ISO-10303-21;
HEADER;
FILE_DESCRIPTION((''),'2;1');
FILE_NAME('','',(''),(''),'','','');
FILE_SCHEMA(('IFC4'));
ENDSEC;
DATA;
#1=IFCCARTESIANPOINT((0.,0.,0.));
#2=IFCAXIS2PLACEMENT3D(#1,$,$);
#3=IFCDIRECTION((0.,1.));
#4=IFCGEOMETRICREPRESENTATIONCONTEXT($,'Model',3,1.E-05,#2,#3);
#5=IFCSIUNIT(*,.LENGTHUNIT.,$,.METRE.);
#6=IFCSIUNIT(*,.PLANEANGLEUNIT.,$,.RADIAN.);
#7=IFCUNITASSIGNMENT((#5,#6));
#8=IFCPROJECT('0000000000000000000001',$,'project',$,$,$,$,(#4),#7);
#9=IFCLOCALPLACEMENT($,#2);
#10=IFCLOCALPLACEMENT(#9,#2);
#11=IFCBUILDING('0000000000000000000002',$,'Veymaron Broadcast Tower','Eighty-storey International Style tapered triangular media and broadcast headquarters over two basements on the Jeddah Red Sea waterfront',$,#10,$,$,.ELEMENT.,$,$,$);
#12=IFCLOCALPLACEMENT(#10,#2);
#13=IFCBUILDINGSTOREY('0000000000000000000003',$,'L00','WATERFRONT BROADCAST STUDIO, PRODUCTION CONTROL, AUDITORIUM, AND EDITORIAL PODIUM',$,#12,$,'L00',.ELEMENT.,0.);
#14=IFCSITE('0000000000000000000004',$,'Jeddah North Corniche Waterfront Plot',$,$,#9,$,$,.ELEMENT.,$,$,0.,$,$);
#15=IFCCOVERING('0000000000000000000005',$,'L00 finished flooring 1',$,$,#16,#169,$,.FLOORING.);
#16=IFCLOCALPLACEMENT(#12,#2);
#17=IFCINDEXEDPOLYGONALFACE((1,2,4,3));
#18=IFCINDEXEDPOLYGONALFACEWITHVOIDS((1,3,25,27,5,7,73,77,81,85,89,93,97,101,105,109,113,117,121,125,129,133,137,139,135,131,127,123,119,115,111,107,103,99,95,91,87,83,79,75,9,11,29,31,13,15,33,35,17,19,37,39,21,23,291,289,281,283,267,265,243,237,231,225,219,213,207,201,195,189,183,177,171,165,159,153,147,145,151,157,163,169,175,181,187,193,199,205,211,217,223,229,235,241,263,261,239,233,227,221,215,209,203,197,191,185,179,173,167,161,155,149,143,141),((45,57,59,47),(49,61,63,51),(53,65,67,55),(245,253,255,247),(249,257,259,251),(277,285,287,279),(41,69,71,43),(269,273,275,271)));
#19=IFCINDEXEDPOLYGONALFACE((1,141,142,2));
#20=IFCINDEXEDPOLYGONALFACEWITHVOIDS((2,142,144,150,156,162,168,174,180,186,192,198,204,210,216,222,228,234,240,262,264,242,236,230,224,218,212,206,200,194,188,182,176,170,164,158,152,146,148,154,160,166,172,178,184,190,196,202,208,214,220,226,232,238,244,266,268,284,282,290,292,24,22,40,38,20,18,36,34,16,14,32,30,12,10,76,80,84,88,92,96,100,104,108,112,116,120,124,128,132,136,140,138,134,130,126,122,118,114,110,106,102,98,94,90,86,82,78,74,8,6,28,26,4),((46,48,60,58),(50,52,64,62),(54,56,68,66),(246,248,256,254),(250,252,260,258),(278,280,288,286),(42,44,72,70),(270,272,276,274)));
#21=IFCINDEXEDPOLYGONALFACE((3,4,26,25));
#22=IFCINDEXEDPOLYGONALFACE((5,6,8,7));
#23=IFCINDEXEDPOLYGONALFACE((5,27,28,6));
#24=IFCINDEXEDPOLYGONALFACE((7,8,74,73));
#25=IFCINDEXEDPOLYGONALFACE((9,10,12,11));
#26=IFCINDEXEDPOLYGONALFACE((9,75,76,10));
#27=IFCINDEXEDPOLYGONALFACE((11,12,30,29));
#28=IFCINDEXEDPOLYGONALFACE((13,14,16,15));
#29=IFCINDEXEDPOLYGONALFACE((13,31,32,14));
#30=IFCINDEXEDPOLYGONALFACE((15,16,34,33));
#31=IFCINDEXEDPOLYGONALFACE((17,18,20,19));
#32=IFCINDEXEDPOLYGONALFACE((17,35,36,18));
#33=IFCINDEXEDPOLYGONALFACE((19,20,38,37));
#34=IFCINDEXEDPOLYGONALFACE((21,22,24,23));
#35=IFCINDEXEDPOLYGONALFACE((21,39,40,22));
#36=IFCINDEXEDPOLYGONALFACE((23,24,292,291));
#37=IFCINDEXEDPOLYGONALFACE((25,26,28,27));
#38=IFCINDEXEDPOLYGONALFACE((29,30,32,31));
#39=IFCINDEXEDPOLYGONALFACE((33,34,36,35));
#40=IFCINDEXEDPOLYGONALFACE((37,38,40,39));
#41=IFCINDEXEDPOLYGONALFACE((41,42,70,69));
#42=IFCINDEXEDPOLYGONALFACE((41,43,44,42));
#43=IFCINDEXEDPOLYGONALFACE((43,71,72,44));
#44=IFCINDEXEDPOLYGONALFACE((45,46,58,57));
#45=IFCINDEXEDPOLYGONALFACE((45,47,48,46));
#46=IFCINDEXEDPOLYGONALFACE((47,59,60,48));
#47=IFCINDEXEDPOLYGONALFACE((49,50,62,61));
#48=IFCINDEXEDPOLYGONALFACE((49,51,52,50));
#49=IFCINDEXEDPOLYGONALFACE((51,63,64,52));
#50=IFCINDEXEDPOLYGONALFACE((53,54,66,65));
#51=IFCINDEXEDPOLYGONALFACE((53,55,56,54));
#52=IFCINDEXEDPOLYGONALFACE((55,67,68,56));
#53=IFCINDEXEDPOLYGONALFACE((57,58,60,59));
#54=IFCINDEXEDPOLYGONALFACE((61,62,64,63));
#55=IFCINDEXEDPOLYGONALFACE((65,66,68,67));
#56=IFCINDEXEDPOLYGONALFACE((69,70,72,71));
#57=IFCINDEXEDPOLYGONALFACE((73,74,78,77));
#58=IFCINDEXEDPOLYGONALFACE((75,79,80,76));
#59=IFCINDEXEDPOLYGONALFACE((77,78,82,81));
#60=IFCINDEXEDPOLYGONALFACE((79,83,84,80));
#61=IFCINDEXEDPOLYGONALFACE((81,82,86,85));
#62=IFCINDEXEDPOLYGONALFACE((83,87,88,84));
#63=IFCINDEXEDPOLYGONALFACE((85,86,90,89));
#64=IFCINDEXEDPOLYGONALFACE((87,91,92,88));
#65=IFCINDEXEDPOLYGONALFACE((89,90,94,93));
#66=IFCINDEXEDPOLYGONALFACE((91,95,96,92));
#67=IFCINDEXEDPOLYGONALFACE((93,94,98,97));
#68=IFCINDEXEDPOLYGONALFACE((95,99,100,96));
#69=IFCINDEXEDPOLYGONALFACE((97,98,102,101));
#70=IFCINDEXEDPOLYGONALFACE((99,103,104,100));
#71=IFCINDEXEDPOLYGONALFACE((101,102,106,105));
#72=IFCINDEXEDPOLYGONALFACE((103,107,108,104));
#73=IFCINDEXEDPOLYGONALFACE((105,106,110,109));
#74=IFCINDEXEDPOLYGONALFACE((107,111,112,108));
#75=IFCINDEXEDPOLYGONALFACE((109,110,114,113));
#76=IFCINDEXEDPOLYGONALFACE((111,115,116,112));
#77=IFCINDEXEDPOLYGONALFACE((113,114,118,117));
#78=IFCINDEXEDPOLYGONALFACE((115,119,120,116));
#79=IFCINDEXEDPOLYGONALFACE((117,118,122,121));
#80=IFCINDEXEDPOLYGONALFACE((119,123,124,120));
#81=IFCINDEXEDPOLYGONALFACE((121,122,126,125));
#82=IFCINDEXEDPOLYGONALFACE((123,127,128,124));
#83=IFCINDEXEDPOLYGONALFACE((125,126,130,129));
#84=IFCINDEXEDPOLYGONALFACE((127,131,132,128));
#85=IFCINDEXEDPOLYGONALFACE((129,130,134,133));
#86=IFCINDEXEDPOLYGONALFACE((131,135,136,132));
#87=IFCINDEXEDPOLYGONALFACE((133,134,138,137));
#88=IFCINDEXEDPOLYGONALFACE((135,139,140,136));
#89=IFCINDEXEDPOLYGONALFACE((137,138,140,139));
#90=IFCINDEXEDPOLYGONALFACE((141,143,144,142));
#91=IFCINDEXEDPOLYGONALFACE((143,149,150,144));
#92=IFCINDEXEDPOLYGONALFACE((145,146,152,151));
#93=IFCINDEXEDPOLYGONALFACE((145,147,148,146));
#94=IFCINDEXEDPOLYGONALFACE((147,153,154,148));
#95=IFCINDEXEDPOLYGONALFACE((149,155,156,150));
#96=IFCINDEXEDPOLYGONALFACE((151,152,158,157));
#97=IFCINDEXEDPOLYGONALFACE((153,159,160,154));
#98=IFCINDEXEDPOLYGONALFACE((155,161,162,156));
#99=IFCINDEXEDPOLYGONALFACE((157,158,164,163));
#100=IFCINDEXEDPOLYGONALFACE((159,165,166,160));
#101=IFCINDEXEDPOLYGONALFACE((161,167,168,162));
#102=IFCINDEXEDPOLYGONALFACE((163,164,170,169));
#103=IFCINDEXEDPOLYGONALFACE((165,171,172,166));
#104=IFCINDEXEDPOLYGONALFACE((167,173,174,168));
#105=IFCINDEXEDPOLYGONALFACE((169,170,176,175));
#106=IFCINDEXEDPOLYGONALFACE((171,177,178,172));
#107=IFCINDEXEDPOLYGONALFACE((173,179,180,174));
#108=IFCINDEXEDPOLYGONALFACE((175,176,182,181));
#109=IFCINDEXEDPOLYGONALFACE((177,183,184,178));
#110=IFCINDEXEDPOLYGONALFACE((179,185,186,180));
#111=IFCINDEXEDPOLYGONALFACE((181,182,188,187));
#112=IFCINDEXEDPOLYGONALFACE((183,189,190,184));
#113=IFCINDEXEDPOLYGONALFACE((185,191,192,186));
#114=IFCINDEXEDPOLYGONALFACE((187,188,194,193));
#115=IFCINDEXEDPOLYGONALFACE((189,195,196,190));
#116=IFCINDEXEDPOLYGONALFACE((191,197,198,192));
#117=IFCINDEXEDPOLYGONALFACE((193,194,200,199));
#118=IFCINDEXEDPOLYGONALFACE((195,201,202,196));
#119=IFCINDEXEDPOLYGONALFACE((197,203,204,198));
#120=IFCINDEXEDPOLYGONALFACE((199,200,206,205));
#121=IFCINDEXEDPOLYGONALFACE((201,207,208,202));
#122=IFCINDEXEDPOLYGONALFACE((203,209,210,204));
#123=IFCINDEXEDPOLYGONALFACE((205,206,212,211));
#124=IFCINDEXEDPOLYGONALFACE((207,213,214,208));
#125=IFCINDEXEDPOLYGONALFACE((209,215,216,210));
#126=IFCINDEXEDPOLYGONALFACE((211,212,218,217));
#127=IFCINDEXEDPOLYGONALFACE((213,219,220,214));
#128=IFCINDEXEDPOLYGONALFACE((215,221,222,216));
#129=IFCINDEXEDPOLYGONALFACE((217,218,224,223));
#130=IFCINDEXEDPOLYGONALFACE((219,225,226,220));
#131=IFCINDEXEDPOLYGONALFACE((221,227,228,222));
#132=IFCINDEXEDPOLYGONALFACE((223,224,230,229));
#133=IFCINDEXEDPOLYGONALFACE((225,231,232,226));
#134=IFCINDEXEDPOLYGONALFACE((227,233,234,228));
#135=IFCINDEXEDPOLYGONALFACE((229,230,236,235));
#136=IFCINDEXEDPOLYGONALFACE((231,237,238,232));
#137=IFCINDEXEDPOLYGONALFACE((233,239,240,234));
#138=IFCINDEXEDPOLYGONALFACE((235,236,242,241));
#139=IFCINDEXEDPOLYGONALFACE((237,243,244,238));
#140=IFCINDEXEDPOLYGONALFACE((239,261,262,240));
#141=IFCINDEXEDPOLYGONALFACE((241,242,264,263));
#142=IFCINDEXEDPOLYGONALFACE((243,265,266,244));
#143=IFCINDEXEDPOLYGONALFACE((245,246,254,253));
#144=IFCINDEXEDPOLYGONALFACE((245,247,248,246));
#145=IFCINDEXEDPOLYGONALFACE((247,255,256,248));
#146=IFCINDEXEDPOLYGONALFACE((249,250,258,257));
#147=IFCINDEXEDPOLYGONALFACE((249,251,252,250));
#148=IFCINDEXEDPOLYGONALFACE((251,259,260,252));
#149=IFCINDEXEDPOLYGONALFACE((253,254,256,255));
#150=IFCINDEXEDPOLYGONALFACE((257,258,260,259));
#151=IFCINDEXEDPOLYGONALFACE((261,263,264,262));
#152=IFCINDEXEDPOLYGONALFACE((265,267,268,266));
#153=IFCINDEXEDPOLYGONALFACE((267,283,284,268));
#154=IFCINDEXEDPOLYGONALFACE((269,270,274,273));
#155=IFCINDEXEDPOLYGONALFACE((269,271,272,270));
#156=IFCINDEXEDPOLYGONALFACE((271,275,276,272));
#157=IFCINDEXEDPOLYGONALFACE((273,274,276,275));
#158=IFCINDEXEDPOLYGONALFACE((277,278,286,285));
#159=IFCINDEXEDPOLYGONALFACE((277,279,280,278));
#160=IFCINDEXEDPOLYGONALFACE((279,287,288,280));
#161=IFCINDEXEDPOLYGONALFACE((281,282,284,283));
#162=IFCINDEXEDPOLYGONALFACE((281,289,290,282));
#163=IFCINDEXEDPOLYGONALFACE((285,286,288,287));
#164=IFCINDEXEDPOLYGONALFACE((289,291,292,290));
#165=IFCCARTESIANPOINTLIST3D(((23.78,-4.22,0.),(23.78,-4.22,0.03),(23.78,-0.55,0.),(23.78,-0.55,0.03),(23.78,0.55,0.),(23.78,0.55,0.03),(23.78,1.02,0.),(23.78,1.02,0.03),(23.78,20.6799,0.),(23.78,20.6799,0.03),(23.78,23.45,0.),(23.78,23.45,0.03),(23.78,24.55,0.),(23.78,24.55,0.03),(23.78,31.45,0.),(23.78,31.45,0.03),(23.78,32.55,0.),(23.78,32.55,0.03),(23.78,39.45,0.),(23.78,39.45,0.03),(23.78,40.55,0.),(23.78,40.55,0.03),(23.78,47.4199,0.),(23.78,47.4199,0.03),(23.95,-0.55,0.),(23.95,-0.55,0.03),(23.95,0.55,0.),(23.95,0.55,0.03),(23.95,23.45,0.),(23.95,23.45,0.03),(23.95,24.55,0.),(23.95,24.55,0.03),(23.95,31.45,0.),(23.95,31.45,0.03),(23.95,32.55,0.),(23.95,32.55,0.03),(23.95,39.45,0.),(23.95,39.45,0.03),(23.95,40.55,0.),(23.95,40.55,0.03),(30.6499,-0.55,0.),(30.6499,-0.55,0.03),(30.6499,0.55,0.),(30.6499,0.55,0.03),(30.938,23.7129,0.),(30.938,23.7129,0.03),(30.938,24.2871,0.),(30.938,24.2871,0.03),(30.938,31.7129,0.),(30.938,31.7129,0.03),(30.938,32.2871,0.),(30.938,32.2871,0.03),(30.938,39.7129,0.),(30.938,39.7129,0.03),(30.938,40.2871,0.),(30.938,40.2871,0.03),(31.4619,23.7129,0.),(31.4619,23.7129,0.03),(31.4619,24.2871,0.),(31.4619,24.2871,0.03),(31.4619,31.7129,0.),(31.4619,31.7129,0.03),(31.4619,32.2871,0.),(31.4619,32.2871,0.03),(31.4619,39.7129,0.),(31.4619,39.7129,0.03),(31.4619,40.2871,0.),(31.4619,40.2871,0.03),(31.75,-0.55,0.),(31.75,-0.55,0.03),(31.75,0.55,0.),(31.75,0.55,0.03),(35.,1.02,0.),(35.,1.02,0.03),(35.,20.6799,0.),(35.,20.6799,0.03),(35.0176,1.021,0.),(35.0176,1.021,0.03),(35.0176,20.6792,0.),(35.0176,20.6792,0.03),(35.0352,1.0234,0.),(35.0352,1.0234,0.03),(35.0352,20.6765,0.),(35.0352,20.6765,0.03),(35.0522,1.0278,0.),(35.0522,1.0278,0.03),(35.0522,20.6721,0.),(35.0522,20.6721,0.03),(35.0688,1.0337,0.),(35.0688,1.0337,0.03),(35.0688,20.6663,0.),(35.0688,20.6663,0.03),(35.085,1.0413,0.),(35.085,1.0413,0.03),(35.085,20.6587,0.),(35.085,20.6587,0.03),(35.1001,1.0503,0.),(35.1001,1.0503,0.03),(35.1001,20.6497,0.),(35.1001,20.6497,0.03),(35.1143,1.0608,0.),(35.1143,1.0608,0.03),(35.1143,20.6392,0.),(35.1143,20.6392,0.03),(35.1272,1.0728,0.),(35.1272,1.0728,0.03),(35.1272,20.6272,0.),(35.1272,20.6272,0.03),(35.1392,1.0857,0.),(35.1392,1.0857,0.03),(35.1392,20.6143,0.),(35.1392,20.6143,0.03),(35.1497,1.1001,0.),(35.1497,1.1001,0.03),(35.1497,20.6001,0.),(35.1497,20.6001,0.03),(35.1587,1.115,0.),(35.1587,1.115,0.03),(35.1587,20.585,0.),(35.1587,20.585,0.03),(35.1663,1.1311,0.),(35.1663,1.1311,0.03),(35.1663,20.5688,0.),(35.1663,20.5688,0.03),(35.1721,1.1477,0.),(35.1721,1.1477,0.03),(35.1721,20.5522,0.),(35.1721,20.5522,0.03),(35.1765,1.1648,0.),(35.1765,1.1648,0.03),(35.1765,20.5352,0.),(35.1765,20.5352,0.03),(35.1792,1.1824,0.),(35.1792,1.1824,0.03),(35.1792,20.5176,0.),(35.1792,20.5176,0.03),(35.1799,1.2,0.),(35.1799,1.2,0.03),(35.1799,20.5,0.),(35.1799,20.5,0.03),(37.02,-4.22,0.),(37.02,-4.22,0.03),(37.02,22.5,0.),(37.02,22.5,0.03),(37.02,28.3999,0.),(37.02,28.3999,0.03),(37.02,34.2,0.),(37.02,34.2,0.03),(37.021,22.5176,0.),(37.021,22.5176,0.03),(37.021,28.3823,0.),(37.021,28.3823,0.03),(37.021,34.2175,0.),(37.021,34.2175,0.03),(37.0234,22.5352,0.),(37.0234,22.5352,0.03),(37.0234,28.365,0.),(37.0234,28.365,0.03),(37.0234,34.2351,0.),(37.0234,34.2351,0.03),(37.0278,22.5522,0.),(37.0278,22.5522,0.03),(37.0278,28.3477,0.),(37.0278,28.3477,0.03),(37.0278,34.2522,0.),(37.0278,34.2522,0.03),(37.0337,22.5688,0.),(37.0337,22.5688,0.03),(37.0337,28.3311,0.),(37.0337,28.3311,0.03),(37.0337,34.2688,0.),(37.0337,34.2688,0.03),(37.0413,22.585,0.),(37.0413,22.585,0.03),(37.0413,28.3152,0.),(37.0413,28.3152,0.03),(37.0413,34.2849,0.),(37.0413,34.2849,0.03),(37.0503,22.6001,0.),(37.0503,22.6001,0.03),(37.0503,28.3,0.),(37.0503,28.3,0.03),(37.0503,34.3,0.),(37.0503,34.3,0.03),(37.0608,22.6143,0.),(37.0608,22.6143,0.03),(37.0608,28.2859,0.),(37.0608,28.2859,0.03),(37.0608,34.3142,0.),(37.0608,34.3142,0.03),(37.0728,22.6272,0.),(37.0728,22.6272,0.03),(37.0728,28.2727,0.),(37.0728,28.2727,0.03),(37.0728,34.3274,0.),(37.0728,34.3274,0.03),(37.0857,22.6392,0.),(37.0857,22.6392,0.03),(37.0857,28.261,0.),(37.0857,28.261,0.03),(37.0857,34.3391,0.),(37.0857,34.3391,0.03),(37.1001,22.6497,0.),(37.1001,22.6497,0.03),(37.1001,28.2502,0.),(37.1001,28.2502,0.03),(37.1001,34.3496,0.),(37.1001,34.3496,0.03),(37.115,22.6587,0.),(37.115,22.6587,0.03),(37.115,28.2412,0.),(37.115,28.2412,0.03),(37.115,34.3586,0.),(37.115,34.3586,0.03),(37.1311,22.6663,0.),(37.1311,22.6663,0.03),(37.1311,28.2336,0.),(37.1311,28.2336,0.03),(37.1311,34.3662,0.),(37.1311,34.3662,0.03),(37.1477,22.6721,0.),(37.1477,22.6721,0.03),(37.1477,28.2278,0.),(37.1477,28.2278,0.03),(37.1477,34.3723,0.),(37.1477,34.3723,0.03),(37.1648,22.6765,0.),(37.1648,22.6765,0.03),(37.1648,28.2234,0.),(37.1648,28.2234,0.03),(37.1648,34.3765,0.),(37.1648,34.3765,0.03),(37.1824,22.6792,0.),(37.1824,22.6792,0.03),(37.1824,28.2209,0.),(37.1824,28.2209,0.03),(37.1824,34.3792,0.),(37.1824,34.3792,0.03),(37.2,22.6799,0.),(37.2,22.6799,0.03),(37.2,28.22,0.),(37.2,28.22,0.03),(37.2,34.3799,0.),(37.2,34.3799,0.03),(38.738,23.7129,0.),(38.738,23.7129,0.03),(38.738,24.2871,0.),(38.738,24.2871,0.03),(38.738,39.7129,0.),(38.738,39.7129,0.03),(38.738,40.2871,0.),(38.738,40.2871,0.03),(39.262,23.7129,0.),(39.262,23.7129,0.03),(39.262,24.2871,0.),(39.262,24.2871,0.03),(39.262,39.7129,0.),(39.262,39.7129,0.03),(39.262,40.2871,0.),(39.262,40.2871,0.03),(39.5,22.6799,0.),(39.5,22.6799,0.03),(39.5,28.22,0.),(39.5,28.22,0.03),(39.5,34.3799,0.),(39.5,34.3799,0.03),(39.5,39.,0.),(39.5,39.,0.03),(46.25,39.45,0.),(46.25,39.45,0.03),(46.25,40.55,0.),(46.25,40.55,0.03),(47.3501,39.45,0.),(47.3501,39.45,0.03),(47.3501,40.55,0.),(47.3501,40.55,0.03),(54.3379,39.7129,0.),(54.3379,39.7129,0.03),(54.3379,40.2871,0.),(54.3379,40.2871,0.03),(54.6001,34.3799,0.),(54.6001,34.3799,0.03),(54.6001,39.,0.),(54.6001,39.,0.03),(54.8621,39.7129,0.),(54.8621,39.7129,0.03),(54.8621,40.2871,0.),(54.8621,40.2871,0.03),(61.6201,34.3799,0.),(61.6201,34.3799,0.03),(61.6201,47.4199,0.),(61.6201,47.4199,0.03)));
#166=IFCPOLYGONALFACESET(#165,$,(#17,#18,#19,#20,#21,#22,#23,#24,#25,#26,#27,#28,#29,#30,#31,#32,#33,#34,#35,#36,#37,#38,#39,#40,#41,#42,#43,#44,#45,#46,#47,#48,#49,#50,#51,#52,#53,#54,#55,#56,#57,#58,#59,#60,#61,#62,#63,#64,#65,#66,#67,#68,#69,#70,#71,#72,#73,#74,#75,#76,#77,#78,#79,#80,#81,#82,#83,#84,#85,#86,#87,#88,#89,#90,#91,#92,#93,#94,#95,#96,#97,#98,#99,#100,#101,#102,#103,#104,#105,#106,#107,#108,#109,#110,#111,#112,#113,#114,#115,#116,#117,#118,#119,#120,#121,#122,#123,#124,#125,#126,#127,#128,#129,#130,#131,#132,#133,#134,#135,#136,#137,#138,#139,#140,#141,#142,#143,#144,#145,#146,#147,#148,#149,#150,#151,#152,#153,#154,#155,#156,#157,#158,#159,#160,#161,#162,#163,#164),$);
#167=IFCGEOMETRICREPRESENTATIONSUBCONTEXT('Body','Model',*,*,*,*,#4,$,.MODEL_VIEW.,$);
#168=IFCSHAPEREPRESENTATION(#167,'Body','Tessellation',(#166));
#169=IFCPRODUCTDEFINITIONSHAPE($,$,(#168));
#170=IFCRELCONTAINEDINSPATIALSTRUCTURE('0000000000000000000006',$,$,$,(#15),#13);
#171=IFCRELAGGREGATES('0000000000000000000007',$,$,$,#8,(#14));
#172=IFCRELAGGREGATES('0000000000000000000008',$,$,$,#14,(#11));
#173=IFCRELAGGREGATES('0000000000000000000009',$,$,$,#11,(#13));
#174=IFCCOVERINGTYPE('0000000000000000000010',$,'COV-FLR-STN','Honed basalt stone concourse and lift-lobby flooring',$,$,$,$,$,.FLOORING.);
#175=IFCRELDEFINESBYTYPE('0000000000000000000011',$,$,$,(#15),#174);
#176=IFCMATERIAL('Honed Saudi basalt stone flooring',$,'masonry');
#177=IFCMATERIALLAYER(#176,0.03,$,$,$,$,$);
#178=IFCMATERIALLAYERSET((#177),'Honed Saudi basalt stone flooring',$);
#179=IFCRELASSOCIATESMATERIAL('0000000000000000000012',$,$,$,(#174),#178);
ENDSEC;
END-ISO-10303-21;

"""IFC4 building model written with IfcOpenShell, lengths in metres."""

from ifc_helpers import new_model, si_unit, direction, origin, place, context, subcontext, project, spatial, polyline, outline, extrude, material, layer, layer_set, type_object, element, save


model = new_model("IFC4")

# Units and contexts
model_context = context("Model", 3, precision=1e-05, world=origin(), true_north=direction((0.0, 1.0)))
body_context = subcontext(model_context, "Body", "Model", "MODEL_VIEW")
ifc_project = project(units=[si_unit("LENGTHUNIT", "METRE"), si_unit("PLANEANGLEUNIT", "RADIAN")], contexts=[model_context])

# Site, building, storey
site_placement = place(None, origin())
site = spatial("IfcSite", under=ifc_project, at=site_placement, Name="Jeddah North Corniche Waterfront Plot", CompositionType="ELEMENT", RefElevation=0.0)
building_placement = place(site_placement, origin())
building = spatial("IfcBuilding", under=site, at=building_placement, Name="Veymaron Broadcast Tower", Description="Eighty-storey International Style tapered triangular media and broadcast headquarters over two basements on the Jeddah Red Sea waterfront", CompositionType="ELEMENT")
storey_placement = place(building_placement, origin())
storey = spatial("IfcBuildingStorey", under=building, at=storey_placement, Name="L00", Description="WATERFRONT BROADCAST STUDIO, PRODUCTION CONTROL, AUDITORIUM, AND EDITORIAL PODIUM", LongName="L00", CompositionType="ELEMENT", Elevation=0.0)

# Covering
ifc_material_1 = material(Name="Honed Saudi basalt stone flooring", Category="masonry")
ifc_layer_1 = layer(ifc_material_1, 0.03)
ifc_layer_set_1 = layer_set([ifc_layer_1], Name="Honed Saudi basalt stone flooring")
covering_type_1 = type_object("IfcCoveringType", Name="COV-FLR-STN", Description="Honed basalt stone concourse and lift-lobby flooring", PredefinedType="FLOORING", material=ifc_layer_set_1)
covering_1_placement = place(storey_placement, origin())
element("IfcCovering", 1, at=covering_1_placement, inside=storey, type_object=covering_type_1, Name="L00 finished flooring 1", PredefinedType="FLOORING", context=body_context, shape_type="SweptSolid", body=[
    extrude(outline(polyline([(37.0608, 22.6143), (37.0503, 22.6001), (37.0413, 22.585), (37.0337, 22.5688), (37.0278, 22.5522), (37.0234, 22.5352), (37.021, 22.5176), (37.02, 22.5), (37.02, -4.22), (23.78, -4.22), (23.78, -0.55), (23.95, -0.55), (23.95, 0.55), (23.78, 0.55), (23.78, 1.02), (35.0, 1.02), (35.0176, 1.021), (35.0352, 1.0234), (35.0522, 1.0278), (35.0688, 1.0337), (35.085, 1.0413), (35.1001, 1.0503), (35.1143, 1.0608), (35.1272, 1.0728), (35.1392, 1.0857), (35.1497, 1.1001), (35.1587, 1.115), (35.1663, 1.1311), (35.1721, 1.1477), (35.1765, 1.1648), (35.1792, 1.1824), (35.1799, 1.2), (35.1799, 20.5), (35.1792, 20.5176), (35.1765, 20.5352), (35.1721, 20.5522), (35.1663, 20.5688), (35.1587, 20.585), (35.1497, 20.6001), (35.1392, 20.6143), (35.1272, 20.6272), (35.1143, 20.6392), (35.1001, 20.6497), (35.085, 20.6587), (35.0688, 20.6663), (35.0522, 20.6721), (35.0352, 20.6765), (35.0176, 20.6792), (35.0, 20.6799), (23.78, 20.6799), (23.78, 23.45), (23.95, 23.45), (23.95, 24.55), (23.78, 24.55), (23.78, 31.45), (23.95, 31.45), (23.95, 32.55), (23.78, 32.55), (23.78, 39.45), (23.95, 39.45), (23.95, 40.55), (23.78, 40.55), (23.78, 47.4199), (61.6201, 47.4199), (61.6201, 34.3799), (54.6001, 34.3799), (54.6001, 39.0), (39.5, 39.0), (39.5, 34.3799), (37.2, 34.3799), (37.1824, 34.3792), (37.1648, 34.3765), (37.1477, 34.3723), (37.1311, 34.3662), (37.115, 34.3586), (37.1001, 34.3496), (37.0857, 34.3391), (37.0728, 34.3274), (37.0608, 34.3142), (37.0503, 34.3), (37.0413, 34.2849), (37.0337, 34.2688), (37.0278, 34.2522), (37.0234, 34.2351), (37.021, 34.2175), (37.02, 34.2), (37.02, 28.3999), (37.021, 28.3823), (37.0234, 28.365), (37.0278, 28.3477), (37.0337, 28.3311), (37.0413, 28.3152), (37.0503, 28.3), (37.0608, 28.2859), (37.0728, 28.2727), (37.0857, 28.261), (37.1001, 28.2502), (37.115, 28.2412), (37.1311, 28.2336), (37.1477, 28.2278), (37.1648, 28.2234), (37.1824, 28.2209), (37.2, 28.22), (39.5, 28.22), (39.5, 22.6799), (37.2, 22.6799), (37.1824, 22.6792), (37.1648, 22.6765), (37.1477, 22.6721), (37.1311, 22.6663), (37.115, 22.6587), (37.1001, 22.6497), (37.0857, 22.6392), (37.0728, 22.6272), (37.0608, 22.6143)]), holes=[polyline([(54.8621, 39.7129), (54.8621, 40.2871), (54.3379, 40.2871), (54.3379, 39.7129), (54.8621, 39.7129)]), polyline([(47.3501, 40.55), (46.25, 40.55), (46.25, 39.45), (47.3501, 39.45), (47.3501, 40.55)]), polyline([(38.738, 23.7129), (39.262, 23.7129), (39.262, 24.2871), (38.738, 24.2871), (38.738, 23.7129)]), polyline([(39.262, 40.2871), (38.738, 40.2871), (38.738, 39.7129), (39.262, 39.7129), (39.262, 40.2871)]), polyline([(30.6499, 0.55), (30.6499, -0.55), (31.75, -0.55), (31.75, 0.55), (30.6499, 0.55)]), polyline([(30.938, 31.7129), (31.4619, 31.7129), (31.4619, 32.2871), (30.938, 32.2871), (30.938, 31.7129)]), polyline([(30.938, 40.2871), (30.938, 39.7129), (31.4619, 39.7129), (31.4619, 40.2871), (30.938, 40.2871)]), polyline([(31.4619, 23.7129), (31.4619, 24.2871), (30.938, 24.2871), (30.938, 23.7129), (31.4619, 23.7129)])]), origin(), (0.0, 0.0, 1.0), 0.03),
])

save(model, "model.ifc")
